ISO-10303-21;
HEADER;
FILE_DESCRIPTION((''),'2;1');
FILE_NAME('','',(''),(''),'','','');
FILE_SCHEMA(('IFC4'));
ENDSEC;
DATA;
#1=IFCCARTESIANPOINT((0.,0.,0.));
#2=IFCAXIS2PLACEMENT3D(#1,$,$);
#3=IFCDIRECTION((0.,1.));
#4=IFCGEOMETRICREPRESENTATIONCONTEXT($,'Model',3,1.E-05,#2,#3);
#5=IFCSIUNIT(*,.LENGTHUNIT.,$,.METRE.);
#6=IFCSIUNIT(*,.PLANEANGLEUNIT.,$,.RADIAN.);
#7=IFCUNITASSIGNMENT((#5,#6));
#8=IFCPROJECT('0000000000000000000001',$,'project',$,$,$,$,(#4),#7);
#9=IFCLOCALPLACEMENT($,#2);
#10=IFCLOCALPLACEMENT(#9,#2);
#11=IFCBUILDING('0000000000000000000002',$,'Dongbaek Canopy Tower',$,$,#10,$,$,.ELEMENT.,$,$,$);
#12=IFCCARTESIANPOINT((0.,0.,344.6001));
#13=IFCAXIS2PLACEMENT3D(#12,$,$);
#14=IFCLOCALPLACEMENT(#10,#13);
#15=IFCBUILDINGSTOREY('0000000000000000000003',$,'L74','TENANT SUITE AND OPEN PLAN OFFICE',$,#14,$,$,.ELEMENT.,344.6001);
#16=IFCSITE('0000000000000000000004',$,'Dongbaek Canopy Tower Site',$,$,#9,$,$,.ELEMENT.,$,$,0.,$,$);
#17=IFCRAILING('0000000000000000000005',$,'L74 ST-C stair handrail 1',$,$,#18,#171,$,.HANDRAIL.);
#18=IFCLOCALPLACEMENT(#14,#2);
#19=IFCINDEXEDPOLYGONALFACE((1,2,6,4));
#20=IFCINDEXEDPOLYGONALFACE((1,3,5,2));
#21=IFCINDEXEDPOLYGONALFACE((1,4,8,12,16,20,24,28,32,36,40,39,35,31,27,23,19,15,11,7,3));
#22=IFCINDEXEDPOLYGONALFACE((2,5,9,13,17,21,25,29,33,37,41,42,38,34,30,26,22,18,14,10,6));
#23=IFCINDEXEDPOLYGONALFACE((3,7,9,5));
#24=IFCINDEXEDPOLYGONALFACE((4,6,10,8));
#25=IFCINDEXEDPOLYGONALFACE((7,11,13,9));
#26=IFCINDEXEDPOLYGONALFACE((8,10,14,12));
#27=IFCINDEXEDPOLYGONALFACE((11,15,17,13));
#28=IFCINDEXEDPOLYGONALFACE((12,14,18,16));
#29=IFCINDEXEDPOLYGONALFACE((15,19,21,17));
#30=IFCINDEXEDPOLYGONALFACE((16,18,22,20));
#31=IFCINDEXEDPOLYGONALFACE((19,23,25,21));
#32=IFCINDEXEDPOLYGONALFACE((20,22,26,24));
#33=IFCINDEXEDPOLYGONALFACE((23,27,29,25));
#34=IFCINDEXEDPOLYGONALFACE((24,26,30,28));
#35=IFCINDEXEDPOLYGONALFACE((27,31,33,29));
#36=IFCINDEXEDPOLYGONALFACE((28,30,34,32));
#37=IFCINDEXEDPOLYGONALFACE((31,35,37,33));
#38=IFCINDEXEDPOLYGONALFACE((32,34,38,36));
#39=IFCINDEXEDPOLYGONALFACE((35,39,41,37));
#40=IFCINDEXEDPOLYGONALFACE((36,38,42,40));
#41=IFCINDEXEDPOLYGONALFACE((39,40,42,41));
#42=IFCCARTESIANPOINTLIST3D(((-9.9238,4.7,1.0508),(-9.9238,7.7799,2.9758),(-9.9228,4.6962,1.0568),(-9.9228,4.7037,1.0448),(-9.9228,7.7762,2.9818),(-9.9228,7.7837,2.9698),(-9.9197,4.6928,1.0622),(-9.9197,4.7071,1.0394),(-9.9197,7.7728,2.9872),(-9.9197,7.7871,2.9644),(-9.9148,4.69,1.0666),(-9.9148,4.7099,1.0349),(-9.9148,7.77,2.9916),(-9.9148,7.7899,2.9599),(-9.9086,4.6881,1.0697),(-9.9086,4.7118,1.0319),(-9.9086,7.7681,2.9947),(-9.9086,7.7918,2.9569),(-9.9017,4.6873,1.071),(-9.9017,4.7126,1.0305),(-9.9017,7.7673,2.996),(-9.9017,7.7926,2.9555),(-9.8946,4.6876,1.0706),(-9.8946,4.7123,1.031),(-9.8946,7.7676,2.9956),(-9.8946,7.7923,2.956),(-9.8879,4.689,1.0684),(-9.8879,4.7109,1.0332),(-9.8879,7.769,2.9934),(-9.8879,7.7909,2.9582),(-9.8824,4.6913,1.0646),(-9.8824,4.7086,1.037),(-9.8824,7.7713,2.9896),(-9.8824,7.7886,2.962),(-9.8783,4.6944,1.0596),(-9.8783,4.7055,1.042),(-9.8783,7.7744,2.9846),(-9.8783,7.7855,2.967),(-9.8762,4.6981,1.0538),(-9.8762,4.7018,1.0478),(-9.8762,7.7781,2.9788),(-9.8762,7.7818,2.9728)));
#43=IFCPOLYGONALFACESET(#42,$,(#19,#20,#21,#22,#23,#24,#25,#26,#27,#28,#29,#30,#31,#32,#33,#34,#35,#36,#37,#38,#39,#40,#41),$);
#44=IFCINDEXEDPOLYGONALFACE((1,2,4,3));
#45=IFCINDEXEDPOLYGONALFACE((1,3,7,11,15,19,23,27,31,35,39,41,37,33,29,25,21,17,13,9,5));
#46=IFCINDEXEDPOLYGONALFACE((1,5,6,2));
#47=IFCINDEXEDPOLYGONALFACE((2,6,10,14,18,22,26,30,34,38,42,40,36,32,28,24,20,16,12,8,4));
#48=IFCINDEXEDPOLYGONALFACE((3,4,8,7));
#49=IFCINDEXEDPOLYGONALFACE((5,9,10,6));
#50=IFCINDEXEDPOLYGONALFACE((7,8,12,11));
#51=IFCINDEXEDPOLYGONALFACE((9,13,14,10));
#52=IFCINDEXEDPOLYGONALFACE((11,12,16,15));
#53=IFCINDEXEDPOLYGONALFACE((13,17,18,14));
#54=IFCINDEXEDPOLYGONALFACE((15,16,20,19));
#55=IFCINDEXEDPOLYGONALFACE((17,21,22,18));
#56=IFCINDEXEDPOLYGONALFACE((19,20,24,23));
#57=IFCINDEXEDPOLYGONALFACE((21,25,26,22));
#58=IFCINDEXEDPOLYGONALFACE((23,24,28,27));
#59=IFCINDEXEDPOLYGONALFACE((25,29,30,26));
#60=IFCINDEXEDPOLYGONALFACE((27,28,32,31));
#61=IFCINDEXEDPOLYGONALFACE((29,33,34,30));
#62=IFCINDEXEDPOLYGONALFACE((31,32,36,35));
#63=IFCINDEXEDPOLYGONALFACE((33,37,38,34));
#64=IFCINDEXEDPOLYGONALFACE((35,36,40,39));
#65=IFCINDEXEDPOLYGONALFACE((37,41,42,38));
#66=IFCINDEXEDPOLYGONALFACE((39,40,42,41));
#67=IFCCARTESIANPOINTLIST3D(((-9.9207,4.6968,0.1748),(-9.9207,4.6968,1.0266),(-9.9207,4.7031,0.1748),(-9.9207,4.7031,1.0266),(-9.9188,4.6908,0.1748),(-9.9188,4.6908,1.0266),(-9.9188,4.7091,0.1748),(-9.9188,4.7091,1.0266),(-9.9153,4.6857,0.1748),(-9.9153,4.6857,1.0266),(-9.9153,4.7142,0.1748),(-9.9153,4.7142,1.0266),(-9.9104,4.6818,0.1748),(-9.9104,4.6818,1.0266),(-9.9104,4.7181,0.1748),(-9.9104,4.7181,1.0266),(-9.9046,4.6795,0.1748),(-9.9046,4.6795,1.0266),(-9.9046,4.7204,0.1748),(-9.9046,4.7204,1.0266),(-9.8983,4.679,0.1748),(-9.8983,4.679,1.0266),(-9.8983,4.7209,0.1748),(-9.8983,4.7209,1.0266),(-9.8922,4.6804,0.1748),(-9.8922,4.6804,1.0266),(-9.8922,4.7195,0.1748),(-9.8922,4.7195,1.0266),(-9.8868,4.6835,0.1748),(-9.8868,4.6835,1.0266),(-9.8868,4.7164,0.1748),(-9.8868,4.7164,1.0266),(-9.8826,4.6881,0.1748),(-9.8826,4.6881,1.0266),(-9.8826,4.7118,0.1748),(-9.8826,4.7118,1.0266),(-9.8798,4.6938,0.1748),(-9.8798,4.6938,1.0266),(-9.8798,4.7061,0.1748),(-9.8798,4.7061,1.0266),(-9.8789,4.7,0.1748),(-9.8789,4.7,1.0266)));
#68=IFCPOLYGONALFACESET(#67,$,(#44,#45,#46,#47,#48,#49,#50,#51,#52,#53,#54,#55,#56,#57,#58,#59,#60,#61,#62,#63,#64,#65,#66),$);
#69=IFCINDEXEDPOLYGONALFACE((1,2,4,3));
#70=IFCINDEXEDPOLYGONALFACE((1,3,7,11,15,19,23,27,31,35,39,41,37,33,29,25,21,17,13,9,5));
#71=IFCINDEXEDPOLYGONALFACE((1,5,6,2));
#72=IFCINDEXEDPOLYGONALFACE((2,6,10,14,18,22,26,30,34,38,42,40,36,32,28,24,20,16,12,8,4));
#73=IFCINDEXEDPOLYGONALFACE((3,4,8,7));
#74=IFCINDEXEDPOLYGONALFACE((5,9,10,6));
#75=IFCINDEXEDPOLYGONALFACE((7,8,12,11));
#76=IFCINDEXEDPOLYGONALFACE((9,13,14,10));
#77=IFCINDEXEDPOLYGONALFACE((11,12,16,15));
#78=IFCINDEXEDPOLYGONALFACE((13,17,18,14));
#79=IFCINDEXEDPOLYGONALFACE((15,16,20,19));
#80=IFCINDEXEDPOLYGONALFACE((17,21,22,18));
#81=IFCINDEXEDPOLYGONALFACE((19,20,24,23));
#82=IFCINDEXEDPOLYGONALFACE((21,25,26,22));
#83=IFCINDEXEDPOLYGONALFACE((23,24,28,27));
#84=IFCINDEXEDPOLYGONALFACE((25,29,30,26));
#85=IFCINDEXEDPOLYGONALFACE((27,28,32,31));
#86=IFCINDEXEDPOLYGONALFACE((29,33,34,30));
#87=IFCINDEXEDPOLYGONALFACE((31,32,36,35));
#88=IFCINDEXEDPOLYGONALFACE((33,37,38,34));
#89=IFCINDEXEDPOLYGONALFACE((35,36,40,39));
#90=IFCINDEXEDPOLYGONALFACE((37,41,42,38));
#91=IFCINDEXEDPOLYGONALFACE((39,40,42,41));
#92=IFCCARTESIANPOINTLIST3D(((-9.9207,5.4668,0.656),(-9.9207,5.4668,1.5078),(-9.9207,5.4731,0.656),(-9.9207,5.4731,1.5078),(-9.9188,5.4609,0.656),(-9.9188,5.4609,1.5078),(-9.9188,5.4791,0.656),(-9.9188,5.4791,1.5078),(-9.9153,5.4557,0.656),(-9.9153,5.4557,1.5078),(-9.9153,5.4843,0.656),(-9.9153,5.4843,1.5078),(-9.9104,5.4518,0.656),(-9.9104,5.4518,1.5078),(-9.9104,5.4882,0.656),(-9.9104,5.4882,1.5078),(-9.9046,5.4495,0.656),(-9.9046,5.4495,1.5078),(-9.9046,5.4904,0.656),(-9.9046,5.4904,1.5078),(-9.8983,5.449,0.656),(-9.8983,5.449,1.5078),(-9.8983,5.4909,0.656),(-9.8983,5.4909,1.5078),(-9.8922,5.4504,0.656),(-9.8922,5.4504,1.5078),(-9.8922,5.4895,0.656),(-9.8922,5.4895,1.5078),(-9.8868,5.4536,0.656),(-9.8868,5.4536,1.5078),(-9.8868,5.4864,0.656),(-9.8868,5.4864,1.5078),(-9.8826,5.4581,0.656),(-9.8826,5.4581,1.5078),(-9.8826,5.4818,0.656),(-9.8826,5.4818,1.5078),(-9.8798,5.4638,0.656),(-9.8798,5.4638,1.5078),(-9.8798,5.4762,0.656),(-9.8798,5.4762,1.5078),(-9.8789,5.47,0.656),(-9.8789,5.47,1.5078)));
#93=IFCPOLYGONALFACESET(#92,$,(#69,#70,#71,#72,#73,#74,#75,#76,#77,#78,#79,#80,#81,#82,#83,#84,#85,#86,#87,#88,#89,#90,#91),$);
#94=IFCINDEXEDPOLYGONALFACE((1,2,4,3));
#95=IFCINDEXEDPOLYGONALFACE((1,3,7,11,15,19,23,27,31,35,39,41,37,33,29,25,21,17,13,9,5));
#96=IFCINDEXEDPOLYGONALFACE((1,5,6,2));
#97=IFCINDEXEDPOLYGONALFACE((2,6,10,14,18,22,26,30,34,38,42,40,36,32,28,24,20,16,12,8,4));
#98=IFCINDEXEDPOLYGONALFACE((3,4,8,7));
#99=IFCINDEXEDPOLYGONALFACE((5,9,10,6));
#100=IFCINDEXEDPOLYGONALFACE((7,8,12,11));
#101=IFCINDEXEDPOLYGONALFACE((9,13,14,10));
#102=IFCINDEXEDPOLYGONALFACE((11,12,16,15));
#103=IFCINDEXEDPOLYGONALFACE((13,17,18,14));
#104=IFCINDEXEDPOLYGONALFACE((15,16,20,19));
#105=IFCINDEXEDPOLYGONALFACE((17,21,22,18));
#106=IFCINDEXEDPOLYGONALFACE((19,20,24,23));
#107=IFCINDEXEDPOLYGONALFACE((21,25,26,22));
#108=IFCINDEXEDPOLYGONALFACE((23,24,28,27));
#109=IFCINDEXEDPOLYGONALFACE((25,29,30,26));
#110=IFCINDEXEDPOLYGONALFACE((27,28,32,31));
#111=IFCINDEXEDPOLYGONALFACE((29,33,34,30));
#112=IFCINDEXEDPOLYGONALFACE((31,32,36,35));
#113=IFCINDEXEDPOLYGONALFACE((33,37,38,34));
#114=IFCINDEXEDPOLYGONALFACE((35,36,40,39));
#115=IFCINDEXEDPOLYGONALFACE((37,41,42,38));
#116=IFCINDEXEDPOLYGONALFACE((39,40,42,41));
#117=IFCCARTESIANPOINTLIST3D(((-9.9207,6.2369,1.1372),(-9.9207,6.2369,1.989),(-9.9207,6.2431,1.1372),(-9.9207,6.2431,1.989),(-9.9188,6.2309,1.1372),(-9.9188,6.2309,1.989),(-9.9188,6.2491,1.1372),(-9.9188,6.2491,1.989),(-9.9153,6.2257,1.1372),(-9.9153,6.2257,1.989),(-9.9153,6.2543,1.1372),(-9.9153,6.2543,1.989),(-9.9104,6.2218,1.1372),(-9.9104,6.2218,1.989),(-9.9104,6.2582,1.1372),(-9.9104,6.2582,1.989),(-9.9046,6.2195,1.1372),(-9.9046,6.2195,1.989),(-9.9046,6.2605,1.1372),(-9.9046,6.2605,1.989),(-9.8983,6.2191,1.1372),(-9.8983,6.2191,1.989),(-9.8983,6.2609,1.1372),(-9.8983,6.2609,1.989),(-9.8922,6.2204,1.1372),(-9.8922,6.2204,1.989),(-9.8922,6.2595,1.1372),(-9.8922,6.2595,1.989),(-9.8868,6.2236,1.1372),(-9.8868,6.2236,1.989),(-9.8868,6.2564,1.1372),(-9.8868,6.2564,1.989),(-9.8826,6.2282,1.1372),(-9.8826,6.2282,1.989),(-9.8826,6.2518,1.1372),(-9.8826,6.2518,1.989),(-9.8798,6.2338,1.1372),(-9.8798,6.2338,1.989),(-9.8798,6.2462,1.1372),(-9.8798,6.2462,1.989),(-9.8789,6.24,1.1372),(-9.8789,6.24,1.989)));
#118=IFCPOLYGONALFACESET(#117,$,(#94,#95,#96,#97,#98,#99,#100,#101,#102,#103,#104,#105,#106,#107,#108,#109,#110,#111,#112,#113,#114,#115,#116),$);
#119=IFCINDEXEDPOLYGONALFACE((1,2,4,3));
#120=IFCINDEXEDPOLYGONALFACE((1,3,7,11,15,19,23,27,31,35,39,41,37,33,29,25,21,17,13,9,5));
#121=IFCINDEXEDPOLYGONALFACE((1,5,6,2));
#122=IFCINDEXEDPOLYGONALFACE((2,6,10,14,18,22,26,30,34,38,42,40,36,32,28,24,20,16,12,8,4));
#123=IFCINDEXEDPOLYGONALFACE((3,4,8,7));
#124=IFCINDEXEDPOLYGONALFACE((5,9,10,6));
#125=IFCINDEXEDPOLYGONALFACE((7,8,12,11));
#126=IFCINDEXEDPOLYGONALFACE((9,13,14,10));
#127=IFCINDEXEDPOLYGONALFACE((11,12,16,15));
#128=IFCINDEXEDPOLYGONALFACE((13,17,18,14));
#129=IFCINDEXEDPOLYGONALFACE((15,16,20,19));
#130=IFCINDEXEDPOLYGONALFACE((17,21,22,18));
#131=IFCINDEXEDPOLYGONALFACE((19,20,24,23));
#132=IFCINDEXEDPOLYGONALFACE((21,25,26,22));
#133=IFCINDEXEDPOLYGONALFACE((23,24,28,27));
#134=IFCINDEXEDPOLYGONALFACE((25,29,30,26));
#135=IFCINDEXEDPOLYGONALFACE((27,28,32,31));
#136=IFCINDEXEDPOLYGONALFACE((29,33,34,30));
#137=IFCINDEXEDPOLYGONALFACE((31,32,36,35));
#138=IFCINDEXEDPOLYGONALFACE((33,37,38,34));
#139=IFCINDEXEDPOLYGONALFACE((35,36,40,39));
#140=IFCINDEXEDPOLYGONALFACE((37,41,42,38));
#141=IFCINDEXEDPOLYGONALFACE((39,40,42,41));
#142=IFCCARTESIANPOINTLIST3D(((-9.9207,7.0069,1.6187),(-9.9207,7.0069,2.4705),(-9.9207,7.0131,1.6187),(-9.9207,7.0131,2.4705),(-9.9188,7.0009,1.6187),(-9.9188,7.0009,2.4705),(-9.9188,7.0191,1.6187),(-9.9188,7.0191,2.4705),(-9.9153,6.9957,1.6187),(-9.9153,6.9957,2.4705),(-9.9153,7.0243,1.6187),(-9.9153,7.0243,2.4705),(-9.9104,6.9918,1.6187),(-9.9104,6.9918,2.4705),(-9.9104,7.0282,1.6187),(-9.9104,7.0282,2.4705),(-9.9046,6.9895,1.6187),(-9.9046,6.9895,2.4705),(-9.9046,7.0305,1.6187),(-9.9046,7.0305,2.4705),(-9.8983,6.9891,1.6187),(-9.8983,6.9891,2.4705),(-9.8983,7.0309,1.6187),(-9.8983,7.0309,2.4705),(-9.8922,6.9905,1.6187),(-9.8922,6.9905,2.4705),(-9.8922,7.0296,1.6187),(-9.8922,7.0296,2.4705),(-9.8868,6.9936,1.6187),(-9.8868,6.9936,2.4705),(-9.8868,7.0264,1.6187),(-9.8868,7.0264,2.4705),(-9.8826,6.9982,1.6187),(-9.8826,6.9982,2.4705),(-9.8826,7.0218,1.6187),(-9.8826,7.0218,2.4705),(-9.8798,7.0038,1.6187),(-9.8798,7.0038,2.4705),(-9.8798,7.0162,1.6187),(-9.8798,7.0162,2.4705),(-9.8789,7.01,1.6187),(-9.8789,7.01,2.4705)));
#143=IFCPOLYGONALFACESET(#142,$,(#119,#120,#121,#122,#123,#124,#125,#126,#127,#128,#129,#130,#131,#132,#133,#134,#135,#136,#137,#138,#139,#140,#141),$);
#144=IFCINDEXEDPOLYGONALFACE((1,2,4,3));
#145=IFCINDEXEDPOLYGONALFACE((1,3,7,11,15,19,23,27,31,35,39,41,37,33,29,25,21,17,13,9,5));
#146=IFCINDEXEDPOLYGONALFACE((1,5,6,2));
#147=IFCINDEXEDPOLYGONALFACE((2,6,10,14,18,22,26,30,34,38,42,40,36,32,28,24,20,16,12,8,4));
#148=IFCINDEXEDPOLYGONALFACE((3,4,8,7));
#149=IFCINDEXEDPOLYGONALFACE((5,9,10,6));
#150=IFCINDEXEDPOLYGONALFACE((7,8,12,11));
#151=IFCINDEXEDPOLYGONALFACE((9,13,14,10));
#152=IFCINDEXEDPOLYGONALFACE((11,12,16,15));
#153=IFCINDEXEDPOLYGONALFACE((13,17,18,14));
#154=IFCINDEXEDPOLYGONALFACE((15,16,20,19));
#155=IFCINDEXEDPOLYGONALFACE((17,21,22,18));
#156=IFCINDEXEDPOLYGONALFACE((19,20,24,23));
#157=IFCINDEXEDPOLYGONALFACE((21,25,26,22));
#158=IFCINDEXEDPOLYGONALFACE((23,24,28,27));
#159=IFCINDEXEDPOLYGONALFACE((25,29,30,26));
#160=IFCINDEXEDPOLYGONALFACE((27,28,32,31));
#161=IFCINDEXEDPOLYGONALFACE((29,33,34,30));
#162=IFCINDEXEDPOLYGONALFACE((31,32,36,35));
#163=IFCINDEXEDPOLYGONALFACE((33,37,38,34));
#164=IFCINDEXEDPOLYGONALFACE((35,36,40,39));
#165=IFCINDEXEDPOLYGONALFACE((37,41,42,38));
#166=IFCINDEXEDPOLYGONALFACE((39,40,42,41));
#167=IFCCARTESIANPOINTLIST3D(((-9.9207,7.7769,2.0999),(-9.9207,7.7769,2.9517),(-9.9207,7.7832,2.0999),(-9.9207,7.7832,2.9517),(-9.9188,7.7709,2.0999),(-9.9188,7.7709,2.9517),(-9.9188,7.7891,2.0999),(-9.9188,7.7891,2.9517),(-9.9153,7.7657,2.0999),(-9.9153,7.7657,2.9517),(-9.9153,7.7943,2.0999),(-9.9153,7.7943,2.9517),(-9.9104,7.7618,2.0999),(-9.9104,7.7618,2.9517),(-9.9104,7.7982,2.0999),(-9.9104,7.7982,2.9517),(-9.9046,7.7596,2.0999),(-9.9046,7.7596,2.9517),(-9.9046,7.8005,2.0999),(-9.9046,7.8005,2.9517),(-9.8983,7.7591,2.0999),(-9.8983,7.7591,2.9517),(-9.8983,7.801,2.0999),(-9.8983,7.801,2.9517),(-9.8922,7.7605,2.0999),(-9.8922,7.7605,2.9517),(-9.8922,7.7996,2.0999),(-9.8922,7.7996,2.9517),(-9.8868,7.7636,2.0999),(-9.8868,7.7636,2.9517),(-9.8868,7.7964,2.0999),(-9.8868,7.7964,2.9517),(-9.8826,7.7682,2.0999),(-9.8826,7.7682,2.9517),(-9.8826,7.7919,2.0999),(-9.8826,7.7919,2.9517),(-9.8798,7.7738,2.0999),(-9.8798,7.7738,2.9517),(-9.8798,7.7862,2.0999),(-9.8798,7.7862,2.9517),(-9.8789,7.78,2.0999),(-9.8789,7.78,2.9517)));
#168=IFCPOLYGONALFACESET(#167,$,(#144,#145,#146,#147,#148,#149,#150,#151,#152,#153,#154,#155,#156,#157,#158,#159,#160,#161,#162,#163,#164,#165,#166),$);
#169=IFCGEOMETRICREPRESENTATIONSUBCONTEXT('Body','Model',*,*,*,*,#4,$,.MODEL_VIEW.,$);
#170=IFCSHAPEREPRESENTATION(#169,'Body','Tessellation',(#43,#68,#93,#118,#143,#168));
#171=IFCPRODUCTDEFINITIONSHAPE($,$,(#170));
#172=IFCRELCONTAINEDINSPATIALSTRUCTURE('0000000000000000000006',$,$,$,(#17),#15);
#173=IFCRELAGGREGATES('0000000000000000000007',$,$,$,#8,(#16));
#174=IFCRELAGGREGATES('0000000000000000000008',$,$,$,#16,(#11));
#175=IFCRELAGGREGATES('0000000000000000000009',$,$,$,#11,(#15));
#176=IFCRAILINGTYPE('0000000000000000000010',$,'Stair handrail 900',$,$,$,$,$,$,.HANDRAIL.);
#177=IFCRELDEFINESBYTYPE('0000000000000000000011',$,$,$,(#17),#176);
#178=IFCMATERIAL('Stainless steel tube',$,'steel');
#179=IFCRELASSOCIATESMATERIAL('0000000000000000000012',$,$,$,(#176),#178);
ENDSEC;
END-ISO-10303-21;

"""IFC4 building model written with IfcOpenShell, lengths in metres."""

from ifc_helpers import new_model, si_unit, direction, frame, origin, origin_2d, place, context, subcontext, project, spatial, circle, extrude, material, type_object, element, save


model = new_model("IFC4")

# Units and contexts
model_context = context("Model", 3, precision=1e-05, world=origin(), true_north=direction((0.0, 1.0)))
body_context = subcontext(model_context, "Body", "Model", "MODEL_VIEW")
ifc_project = project(units=[si_unit("LENGTHUNIT", "METRE"), si_unit("PLANEANGLEUNIT", "RADIAN")], contexts=[model_context])

# Site, building, storey
site_placement = place(None, origin())
site = spatial("IfcSite", under=ifc_project, at=site_placement, Name="Dongbaek Canopy Tower Site", CompositionType="ELEMENT", RefElevation=0.0)
building_placement = place(site_placement, origin())
building = spatial("IfcBuilding", under=site, at=building_placement, Name="Dongbaek Canopy Tower", CompositionType="ELEMENT")
storey_placement = place(building_placement, frame((0.0, 0.0, 344.6001)))
storey = spatial("IfcBuildingStorey", under=building, at=storey_placement, Name="L74", Description="TENANT SUITE AND OPEN PLAN OFFICE", CompositionType="ELEMENT", Elevation=344.6001)

# Railing
ifc_material_1 = material(Name="Stainless steel tube", Category="steel")
railing_type = type_object("IfcRailingType", Name="Stair handrail 900", PredefinedType="HANDRAIL", material=ifc_material_1)
railing_placement = place(storey_placement, frame((-9.8999, 4.7, 0.1748)))
element("IfcRailing", 1, at=railing_placement, inside=storey, type_object=railing_type, Name="L74 ST-C stair handrail 1", PredefinedType="HANDRAIL", context=body_context, shape_type="SweptSolid", body=[
    extrude(circle(Radius=0.0239, at=origin_2d()), frame((0.0, 0.0, 0.876), z_axis=(0.0, 0.847998, 0.529999), x_axis=(-1.0, 0.0, 0.0)), (0.0, 0.0, 1.0), 3.6321),
    extrude(circle(Radius=0.021, at=origin_2d()), origin(), (0.0, 0.0, 1.0), 0.8518),
    extrude(circle(Radius=0.021, at=origin_2d()), frame((0.0, 0.77, 0.4812)), (0.0, 0.0, 1.0), 0.8518),
    extrude(circle(Radius=0.021, at=origin_2d()), frame((0.0, 1.54, 0.9624)), (0.0, 0.0, 1.0), 0.8518),
    extrude(circle(Radius=0.021, at=origin_2d()), frame((0.0, 2.3101, 1.4438)), (0.0, 0.0, 1.0), 0.8518),
    extrude(circle(Radius=0.021, at=origin_2d()), frame((0.0, 3.0801, 1.925)), (0.0, 0.0, 1.0), 0.8518),
])

save(model, "model.ifc")
